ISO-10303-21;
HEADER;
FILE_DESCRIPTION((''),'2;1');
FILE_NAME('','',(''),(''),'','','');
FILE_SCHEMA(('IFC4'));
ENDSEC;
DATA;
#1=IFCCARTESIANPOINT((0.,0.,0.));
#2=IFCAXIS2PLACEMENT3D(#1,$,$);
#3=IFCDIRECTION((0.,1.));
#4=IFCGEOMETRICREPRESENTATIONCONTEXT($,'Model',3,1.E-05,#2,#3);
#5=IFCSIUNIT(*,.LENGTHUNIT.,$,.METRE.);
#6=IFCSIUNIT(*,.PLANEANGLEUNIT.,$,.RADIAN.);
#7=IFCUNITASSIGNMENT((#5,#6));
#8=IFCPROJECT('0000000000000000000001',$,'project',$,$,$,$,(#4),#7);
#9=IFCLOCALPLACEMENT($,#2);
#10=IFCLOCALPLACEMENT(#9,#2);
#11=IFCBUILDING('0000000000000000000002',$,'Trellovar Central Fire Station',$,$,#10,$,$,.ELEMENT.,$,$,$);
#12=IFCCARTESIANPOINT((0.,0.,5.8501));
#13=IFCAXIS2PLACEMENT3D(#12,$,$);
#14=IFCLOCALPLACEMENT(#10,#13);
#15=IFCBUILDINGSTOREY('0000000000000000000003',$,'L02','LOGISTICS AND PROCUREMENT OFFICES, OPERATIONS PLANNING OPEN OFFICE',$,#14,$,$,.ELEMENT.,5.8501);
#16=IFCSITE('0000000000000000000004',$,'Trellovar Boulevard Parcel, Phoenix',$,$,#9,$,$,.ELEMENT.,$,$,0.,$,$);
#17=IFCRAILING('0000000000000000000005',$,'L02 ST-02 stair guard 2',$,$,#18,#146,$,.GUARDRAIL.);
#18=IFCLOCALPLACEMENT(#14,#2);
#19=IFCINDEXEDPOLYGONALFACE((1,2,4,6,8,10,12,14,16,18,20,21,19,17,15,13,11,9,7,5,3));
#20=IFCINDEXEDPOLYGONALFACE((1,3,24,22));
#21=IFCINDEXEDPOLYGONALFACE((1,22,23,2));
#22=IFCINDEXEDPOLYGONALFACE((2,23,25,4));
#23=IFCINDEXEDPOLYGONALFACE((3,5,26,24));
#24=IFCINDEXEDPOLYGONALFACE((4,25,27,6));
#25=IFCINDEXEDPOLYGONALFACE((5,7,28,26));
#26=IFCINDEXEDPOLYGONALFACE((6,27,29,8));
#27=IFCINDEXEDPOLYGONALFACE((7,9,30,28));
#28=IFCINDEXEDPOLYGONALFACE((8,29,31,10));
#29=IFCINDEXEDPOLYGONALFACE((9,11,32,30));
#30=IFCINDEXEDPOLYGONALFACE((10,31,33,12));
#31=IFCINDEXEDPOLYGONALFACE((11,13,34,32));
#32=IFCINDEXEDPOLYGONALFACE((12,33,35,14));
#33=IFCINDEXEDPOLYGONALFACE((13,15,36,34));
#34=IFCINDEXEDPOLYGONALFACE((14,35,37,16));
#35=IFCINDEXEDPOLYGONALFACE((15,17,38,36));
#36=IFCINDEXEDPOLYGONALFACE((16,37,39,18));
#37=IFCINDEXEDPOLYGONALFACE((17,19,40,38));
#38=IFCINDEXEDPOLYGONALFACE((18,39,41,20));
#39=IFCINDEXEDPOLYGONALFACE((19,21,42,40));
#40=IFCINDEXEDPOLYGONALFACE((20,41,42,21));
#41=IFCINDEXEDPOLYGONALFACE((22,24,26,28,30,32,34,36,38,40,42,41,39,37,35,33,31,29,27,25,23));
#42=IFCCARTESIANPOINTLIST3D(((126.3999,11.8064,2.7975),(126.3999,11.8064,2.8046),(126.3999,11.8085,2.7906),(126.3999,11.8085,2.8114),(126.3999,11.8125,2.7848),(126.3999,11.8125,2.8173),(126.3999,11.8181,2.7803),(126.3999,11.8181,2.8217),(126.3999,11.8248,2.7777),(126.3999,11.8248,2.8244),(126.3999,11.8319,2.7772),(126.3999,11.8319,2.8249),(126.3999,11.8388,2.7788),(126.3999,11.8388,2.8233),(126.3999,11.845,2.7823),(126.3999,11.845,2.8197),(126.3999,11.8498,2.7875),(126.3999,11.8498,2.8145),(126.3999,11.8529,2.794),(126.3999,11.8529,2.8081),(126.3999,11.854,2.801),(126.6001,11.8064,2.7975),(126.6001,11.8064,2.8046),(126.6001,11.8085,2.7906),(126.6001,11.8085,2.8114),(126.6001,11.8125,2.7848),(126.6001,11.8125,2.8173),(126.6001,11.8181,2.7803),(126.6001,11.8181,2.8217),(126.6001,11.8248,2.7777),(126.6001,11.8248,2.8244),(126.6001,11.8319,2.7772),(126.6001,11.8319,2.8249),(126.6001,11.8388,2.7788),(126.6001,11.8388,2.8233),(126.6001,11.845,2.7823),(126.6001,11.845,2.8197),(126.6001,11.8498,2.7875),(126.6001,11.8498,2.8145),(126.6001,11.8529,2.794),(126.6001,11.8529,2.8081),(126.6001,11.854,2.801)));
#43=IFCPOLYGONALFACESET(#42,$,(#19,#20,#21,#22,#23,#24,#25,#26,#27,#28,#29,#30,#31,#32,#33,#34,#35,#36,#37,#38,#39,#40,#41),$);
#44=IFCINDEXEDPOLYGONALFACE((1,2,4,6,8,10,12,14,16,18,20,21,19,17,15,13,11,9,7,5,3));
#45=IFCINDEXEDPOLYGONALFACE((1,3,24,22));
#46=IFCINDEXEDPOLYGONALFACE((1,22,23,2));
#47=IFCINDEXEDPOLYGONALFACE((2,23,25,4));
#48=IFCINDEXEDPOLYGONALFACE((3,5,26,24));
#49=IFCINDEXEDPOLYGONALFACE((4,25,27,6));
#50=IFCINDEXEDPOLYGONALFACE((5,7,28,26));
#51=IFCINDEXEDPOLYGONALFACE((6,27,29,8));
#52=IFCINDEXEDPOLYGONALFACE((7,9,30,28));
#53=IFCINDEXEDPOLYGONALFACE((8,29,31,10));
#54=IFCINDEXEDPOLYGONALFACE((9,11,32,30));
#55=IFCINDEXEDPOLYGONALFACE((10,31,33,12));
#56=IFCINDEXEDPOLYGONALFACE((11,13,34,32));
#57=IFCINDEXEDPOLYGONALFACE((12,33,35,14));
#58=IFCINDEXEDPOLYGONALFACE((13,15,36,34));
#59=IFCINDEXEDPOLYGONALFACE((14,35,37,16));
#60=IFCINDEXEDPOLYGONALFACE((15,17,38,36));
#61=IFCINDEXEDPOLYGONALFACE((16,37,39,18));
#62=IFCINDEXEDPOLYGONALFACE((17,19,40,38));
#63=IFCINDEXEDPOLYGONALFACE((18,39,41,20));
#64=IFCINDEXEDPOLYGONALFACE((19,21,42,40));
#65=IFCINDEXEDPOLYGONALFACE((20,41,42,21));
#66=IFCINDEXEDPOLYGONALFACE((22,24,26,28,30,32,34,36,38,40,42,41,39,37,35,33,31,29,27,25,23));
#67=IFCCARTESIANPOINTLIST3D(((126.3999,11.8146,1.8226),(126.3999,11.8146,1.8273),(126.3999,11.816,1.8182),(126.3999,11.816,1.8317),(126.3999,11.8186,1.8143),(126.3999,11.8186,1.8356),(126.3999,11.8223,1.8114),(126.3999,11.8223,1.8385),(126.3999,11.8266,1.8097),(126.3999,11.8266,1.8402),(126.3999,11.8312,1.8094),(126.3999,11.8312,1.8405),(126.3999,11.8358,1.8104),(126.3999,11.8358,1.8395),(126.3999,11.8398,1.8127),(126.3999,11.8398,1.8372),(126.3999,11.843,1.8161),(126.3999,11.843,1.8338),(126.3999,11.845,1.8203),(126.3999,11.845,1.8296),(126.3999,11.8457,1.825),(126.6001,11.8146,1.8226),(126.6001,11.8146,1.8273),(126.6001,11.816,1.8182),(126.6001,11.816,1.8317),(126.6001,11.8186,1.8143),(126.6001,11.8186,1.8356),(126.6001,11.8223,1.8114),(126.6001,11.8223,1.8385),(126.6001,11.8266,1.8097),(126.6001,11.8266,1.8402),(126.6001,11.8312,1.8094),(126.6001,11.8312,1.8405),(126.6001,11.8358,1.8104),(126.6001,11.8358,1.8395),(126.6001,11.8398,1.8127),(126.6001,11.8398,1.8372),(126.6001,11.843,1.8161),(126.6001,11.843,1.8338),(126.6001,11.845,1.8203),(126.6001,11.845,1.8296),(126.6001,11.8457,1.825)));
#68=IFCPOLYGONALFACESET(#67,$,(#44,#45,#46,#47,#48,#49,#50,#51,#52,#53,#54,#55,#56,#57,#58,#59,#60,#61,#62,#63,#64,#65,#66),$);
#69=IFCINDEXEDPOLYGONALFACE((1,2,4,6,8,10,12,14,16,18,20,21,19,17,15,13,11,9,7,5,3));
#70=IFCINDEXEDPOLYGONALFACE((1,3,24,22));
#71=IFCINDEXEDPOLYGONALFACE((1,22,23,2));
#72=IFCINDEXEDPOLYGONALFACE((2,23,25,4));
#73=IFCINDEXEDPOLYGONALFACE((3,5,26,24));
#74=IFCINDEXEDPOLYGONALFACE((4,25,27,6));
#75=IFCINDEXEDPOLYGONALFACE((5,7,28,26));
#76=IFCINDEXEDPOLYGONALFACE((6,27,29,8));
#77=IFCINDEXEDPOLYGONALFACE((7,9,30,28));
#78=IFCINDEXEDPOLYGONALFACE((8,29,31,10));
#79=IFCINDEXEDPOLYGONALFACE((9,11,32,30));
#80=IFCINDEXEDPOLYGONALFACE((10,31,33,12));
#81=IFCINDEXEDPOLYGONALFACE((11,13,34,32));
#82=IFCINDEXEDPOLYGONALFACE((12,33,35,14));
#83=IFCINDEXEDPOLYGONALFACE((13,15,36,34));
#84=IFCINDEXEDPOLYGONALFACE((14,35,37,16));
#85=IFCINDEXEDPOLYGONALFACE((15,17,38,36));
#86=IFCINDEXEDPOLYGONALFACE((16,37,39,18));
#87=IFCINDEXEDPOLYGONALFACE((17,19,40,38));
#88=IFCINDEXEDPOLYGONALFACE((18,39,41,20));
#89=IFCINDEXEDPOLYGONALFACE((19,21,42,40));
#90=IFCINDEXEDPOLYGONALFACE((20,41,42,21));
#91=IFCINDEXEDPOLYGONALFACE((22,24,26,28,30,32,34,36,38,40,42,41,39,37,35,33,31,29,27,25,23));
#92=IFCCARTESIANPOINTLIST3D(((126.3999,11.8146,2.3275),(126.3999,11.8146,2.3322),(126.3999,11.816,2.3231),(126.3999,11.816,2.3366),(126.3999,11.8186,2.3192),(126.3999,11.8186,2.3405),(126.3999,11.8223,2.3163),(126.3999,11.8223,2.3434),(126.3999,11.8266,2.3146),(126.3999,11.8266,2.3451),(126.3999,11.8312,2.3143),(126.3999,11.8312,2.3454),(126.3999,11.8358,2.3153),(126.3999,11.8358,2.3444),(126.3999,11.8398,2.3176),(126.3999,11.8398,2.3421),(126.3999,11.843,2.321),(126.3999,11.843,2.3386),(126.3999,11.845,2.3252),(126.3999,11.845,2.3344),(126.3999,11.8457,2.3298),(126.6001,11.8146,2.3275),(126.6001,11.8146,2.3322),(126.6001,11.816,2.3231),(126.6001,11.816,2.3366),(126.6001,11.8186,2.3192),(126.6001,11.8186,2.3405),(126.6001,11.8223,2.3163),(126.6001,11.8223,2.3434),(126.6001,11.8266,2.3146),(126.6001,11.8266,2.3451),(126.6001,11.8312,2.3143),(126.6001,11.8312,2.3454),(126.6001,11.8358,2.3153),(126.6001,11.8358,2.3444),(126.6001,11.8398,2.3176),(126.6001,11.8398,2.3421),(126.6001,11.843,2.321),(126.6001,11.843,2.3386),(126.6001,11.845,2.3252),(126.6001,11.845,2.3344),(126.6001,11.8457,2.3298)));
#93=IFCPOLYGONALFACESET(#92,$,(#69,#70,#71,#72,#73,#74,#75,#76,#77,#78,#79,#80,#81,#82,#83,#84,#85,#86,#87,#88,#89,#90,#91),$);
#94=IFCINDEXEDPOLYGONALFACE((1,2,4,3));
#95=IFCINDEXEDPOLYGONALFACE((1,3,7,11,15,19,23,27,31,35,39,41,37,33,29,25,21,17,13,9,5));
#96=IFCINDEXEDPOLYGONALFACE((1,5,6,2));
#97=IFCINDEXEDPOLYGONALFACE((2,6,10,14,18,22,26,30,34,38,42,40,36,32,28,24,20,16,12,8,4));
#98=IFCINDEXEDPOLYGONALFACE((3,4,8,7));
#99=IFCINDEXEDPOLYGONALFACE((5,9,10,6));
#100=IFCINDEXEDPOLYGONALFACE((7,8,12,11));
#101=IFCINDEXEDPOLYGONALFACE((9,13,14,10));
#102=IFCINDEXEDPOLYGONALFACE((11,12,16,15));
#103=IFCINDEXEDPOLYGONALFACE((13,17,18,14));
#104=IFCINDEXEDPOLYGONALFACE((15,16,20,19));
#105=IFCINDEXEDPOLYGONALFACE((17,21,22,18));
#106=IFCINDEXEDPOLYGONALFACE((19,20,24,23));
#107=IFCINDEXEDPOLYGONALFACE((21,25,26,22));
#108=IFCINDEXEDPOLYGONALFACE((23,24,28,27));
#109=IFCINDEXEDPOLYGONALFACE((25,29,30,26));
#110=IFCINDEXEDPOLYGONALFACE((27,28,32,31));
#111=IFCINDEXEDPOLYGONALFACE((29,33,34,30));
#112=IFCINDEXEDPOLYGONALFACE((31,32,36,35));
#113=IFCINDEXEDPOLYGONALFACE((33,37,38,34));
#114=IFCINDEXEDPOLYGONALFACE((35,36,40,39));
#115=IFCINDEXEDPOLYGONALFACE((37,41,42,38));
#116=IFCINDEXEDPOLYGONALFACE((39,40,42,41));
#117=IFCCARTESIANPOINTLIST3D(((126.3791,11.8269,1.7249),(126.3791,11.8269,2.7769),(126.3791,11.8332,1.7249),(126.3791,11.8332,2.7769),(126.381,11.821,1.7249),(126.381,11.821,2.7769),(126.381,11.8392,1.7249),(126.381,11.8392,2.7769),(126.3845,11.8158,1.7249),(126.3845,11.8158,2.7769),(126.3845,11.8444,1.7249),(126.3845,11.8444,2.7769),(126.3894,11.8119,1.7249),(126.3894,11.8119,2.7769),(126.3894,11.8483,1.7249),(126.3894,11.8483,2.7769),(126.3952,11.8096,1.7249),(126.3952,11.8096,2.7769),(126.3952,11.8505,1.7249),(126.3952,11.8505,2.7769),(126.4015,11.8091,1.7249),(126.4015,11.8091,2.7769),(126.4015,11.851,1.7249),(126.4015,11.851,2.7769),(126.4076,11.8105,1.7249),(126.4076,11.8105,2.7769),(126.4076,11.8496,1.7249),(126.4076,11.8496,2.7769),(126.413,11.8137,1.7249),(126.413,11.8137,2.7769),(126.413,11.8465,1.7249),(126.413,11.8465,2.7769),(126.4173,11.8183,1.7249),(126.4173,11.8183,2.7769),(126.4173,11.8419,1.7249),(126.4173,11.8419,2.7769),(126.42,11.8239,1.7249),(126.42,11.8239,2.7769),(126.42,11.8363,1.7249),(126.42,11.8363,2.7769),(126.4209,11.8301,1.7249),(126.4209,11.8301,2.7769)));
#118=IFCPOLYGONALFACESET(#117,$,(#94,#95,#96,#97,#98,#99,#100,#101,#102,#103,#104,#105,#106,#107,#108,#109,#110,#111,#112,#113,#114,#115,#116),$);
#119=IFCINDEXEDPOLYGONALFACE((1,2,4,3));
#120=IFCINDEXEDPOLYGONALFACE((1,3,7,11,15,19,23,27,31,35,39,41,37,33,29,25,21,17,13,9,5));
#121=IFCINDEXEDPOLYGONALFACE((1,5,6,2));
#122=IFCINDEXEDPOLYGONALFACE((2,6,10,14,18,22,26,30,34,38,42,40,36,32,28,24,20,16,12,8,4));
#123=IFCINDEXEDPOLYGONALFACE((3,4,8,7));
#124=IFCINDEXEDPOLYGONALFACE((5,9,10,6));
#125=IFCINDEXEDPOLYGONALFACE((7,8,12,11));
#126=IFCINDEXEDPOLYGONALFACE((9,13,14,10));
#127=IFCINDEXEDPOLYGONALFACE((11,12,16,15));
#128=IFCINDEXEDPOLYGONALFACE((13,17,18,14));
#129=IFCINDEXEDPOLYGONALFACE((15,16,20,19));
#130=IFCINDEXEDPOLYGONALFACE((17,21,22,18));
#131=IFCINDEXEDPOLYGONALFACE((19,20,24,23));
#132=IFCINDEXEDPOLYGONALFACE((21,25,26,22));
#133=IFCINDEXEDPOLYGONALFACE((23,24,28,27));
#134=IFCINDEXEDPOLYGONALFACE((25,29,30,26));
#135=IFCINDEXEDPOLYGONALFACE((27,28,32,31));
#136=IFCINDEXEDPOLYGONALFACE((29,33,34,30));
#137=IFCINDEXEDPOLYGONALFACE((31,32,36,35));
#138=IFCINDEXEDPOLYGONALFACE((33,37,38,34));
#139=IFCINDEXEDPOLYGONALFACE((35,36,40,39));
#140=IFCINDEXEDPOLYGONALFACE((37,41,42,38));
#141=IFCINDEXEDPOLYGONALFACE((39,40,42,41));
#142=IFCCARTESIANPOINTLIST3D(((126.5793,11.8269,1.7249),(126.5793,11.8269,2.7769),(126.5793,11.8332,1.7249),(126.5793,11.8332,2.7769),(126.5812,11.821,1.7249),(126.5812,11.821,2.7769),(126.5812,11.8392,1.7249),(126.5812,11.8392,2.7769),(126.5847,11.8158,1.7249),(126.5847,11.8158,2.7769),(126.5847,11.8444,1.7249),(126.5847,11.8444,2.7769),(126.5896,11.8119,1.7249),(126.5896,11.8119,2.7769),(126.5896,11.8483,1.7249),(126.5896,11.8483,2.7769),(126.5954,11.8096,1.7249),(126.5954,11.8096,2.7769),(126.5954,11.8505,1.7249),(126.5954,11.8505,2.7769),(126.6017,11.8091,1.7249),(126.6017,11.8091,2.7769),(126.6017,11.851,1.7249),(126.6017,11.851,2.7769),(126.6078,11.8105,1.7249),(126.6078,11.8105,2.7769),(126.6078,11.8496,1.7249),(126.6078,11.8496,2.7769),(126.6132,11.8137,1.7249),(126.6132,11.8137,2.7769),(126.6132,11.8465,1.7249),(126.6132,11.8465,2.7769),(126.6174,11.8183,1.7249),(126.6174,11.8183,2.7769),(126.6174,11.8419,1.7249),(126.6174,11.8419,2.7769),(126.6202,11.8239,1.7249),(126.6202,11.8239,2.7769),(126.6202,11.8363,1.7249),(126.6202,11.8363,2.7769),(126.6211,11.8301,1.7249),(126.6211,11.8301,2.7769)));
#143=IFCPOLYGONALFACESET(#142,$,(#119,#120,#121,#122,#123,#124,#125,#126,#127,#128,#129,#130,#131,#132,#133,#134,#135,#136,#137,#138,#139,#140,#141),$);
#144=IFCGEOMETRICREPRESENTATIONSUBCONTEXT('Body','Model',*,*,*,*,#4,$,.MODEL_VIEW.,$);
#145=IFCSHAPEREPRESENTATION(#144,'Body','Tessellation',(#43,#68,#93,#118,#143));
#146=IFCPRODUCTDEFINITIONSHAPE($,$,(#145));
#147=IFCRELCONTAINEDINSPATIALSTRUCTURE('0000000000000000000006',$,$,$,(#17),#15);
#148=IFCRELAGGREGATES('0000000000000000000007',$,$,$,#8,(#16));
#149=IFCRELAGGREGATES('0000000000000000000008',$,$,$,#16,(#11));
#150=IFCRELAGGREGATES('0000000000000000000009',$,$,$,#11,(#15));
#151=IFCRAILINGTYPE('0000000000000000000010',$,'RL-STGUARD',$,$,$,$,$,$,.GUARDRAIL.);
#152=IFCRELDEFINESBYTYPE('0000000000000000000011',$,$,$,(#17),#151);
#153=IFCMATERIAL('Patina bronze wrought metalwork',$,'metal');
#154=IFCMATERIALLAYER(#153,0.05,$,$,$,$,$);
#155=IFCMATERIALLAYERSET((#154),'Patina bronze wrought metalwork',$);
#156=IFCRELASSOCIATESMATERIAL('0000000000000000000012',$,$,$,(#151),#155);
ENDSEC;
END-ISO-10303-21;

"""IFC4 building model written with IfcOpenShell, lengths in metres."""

from ifc_helpers import new_model, si_unit, direction, frame, origin, origin_2d, place, context, subcontext, project, spatial, circle, extrude, material, layer, layer_set, type_object, element, save


model = new_model("IFC4")

# Units and contexts
model_context = context("Model", 3, precision=1e-05, world=origin(), true_north=direction((0.0, 1.0)))
body_context = subcontext(model_context, "Body", "Model", "MODEL_VIEW")
ifc_project = project(units=[si_unit("LENGTHUNIT", "METRE"), si_unit("PLANEANGLEUNIT", "RADIAN")], contexts=[model_context])

# Site, building, storey
site_placement = place(None, origin())
site = spatial("IfcSite", under=ifc_project, at=site_placement, Name="Trellovar Boulevard Parcel, Phoenix", CompositionType="ELEMENT", RefElevation=0.0)
building_placement = place(site_placement, origin())
building = spatial("IfcBuilding", under=site, at=building_placement, Name="Trellovar Central Fire Station", CompositionType="ELEMENT")
storey_placement = place(building_placement, frame((0.0, 0.0, 5.8501)))
storey = spatial("IfcBuildingStorey", under=building, at=storey_placement, Name="L02", Description="LOGISTICS AND PROCUREMENT OFFICES, OPERATIONS PLANNING OPEN OFFICE", CompositionType="ELEMENT", Elevation=5.8501)

# Railing
ifc_material_1 = material(Name="Patina bronze wrought metalwork", Category="metal")
ifc_layer_1 = layer(ifc_material_1, 0.05)
ifc_layer_set_1 = layer_set([ifc_layer_1], Name="Patina bronze wrought metalwork")
railing_type_1 = type_object("IfcRailingType", Name="RL-STGUARD", PredefinedType="GUARDRAIL", material=ifc_layer_set_1)
railing_1_placement = place(storey_placement, frame((126.3999, 11.8301, 1.7249)))
element("IfcRailing", 1, at=railing_1_placement, inside=storey, type_object=railing_type_1, Name="L02 ST-02 stair guard 2", PredefinedType="GUARDRAIL", context=body_context, shape_type="SweptSolid", body=[
    extrude(circle(Radius=0.0239, at=origin_2d()), frame((0.0, 0.0, 1.0762), z_axis=(1.0, 0.0, 0.0), x_axis=(0.0, 1.0, 0.0)), (0.0, 0.0, 1.0), 0.2002),
    extrude(circle(Radius=0.0156, at=origin_2d()), frame((0.0, 0.0, 0.1001), z_axis=(1.0, 0.0, 0.0), x_axis=(0.0, 1.0, 0.0)), (0.0, 0.0, 1.0), 0.2002),
    extrude(circle(Radius=0.0156, at=origin_2d()), frame((0.0, 0.0, 0.605), z_axis=(1.0, 0.0, 0.0), x_axis=(0.0, 1.0, 0.0)), (0.0, 0.0, 1.0), 0.2002),
    extrude(circle(Radius=0.021, at=origin_2d()), origin(), (0.0, 0.0, 1.0), 1.052),
    extrude(circle(Radius=0.021, at=origin_2d()), frame((0.2002, 0.0, 0.0)), (0.0, 0.0, 1.0), 1.052),
])

save(model, "model.ifc")
